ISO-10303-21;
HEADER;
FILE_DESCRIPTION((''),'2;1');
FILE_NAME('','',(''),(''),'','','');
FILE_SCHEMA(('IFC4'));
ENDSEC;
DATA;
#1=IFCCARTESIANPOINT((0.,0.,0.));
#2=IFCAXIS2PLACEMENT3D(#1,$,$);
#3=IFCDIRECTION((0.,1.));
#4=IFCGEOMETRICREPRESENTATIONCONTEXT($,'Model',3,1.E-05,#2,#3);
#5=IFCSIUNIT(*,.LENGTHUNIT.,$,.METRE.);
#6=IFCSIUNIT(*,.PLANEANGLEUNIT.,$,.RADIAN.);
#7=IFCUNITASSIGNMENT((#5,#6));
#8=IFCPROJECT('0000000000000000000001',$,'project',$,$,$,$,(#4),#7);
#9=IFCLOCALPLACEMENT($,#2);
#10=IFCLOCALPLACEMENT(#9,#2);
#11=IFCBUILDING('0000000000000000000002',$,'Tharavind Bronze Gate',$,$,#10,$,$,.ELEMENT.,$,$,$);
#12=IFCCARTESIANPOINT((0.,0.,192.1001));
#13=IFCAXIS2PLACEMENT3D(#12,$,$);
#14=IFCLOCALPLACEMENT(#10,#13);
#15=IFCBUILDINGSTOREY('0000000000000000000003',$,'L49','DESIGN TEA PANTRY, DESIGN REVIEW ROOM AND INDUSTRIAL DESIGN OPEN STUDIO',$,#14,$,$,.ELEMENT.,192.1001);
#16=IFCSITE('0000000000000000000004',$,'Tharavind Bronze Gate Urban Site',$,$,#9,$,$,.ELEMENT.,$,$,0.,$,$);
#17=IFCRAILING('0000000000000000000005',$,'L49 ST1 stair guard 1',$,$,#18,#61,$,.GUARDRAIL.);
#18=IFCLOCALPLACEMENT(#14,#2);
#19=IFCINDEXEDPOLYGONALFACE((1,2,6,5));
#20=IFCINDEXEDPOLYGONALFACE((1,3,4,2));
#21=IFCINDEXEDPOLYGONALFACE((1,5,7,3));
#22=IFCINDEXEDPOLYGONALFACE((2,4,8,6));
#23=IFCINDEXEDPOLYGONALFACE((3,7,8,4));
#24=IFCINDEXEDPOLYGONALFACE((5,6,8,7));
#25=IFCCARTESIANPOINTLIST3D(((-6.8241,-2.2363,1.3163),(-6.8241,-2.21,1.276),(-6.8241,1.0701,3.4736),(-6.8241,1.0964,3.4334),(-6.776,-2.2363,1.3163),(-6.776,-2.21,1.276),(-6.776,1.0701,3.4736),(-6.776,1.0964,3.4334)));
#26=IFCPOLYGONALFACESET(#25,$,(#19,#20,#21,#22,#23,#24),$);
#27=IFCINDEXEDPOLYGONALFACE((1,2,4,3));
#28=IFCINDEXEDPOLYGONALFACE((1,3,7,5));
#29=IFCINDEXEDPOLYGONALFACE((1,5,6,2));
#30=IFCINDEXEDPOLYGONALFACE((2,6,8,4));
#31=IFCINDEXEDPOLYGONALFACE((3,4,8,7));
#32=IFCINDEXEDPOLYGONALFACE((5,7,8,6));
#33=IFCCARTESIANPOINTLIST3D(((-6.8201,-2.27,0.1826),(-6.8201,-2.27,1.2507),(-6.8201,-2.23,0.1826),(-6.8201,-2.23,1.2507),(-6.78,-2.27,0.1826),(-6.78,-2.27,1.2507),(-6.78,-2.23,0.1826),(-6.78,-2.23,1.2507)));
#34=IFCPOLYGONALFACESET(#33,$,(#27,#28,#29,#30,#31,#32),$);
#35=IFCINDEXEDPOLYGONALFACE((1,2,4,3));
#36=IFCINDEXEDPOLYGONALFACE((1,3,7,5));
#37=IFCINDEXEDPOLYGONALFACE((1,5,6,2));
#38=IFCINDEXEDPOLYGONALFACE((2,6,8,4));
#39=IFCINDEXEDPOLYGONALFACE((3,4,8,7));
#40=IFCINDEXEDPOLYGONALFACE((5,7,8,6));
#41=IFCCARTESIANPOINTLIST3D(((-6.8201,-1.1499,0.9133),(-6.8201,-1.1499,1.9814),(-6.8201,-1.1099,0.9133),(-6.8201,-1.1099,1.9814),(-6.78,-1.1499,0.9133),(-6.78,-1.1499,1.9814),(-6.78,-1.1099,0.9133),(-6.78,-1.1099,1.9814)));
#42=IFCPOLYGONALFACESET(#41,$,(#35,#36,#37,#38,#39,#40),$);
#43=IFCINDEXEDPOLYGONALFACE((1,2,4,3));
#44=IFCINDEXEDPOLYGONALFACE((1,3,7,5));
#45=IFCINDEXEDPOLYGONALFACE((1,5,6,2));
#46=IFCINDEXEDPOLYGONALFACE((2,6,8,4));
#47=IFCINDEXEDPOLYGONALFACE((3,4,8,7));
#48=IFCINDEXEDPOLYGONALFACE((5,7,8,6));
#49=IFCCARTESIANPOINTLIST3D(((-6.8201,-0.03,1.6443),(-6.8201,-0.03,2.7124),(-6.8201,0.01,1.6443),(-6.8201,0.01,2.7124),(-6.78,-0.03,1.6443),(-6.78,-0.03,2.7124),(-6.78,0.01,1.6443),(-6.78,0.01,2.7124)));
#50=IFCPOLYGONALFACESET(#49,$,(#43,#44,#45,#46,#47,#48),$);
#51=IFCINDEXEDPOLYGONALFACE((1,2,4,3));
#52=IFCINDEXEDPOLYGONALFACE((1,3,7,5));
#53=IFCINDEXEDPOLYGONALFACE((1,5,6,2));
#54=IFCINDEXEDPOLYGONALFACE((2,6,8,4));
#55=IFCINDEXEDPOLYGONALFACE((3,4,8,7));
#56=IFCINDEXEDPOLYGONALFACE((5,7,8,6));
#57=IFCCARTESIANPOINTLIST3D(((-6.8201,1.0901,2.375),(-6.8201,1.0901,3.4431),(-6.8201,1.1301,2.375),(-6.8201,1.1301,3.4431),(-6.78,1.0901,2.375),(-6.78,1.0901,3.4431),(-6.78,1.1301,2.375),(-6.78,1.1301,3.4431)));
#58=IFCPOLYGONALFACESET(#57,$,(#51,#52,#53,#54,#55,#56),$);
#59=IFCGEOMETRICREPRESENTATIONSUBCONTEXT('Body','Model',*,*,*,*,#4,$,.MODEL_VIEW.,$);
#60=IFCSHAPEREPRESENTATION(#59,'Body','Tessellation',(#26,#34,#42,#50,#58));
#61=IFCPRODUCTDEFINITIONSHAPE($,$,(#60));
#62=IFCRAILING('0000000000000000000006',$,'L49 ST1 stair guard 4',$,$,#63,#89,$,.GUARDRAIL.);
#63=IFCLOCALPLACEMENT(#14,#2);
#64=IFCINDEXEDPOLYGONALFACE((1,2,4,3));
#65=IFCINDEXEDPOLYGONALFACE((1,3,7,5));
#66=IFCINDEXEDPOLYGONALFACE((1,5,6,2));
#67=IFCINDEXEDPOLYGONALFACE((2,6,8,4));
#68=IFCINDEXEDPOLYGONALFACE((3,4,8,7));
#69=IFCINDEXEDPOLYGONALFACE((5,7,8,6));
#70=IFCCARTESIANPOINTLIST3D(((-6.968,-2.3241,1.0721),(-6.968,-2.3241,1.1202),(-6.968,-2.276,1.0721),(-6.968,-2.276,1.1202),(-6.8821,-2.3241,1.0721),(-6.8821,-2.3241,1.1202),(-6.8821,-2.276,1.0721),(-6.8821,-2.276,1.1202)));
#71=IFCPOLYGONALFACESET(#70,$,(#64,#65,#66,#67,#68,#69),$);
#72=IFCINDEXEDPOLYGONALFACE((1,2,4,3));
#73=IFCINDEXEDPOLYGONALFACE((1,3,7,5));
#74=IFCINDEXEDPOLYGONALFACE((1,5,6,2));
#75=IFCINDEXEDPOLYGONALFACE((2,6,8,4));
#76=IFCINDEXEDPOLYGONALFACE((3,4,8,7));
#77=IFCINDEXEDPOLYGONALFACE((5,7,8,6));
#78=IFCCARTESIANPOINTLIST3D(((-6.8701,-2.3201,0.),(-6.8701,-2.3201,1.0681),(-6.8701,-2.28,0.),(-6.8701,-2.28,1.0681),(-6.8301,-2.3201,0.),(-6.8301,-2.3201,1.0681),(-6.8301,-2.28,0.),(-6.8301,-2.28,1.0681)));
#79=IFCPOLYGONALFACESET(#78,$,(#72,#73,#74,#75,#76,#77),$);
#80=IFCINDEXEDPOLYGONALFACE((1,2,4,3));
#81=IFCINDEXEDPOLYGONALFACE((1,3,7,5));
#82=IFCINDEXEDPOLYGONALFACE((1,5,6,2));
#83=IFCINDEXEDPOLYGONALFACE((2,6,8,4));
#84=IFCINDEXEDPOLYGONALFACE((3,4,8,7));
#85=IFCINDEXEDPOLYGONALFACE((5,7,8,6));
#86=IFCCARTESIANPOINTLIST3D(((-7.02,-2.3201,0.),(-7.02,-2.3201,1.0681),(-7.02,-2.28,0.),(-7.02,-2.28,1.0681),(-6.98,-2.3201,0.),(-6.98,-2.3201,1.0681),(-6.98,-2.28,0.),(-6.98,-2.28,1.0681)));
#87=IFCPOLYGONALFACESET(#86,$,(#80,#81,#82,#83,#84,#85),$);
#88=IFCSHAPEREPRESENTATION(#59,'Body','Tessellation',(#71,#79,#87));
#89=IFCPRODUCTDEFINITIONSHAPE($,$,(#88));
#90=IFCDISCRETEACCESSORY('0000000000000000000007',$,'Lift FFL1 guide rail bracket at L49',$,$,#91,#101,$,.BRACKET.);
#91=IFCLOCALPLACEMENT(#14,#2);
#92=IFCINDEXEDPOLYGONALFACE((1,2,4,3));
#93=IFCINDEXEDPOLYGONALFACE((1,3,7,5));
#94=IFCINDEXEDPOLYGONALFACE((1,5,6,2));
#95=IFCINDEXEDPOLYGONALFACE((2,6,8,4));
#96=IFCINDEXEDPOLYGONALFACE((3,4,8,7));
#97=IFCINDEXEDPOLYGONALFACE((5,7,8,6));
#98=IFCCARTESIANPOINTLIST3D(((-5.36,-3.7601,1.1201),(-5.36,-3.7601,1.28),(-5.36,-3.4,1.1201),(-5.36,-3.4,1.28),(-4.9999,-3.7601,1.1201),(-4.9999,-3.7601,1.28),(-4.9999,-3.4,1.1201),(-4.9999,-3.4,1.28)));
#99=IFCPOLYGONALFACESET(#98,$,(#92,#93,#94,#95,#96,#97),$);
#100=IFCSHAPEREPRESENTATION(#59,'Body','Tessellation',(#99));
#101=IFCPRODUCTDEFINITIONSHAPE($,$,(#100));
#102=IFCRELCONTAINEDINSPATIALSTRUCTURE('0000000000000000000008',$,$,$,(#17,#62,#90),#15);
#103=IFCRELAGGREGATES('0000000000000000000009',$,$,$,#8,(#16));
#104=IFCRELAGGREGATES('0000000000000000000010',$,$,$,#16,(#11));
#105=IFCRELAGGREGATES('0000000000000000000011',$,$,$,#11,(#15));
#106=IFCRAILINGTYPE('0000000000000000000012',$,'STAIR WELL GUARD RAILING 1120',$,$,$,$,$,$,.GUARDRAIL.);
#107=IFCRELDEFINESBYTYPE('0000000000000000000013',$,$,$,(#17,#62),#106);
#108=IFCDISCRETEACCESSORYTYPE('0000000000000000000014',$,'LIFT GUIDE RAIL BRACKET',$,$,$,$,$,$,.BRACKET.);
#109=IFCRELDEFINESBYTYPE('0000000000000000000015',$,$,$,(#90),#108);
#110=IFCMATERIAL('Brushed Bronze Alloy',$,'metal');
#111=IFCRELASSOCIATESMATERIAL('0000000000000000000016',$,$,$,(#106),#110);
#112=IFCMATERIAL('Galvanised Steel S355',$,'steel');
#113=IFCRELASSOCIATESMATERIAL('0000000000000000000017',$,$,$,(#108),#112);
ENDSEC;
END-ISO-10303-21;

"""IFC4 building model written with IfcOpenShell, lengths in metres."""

from ifc_helpers import new_model, si_unit, direction, frame, origin, origin_2d, place, context, subcontext, project, spatial, rectangle, extrude, material, type_object, element, save


model = new_model("IFC4")

# Units and contexts
model_context = context("Model", 3, precision=1e-05, world=origin(), true_north=direction((0.0, 1.0)))
body_context = subcontext(model_context, "Body", "Model", "MODEL_VIEW")
ifc_project = project(units=[si_unit("LENGTHUNIT", "METRE"), si_unit("PLANEANGLEUNIT", "RADIAN")], contexts=[model_context])

# Site, building, storey
site_placement = place(None, origin())
site = spatial("IfcSite", under=ifc_project, at=site_placement, Name="Tharavind Bronze Gate Urban Site", CompositionType="ELEMENT", RefElevation=0.0)
building_placement = place(site_placement, origin())
building = spatial("IfcBuilding", under=site, at=building_placement, Name="Tharavind Bronze Gate", CompositionType="ELEMENT")
storey_placement = place(building_placement, frame((0.0, 0.0, 192.1001)))
storey = spatial("IfcBuildingStorey", under=building, at=storey_placement, Name="L49", Description="DESIGN TEA PANTRY, DESIGN REVIEW ROOM AND INDUSTRIAL DESIGN OPEN STUDIO", CompositionType="ELEMENT", Elevation=192.1001)

# Railings
ifc_material_1 = material(Name="Brushed Bronze Alloy", Category="metal")
railing_type_1 = type_object("IfcRailingType", Name="STAIR WELL GUARD RAILING 1120", PredefinedType="GUARDRAIL", material=ifc_material_1)
railing_1_placement = place(storey_placement, frame((-6.8, -2.25, 0.1826)))
element("IfcRailing", 1, at=railing_1_placement, inside=storey, type_object=railing_type_1, Name="L49 ST1 stair guard 1", PredefinedType="GUARDRAIL", context=body_context, shape_type="SweptSolid", body=[
    extrude(rectangle(XDim=0.0481, YDim=0.0481, at=origin_2d()), frame((0.0, 0.0269, 1.1135), z_axis=(0.0, 0.837496, 0.546444), x_axis=(-1.0, 0.0, 0.0)), (0.0, 0.0, 1.0), 3.948),
    extrude(rectangle(XDim=0.04, YDim=0.04, at=origin_2d()), origin(), (0.0, 0.0, 1.0), 1.0681),
    extrude(rectangle(XDim=0.04, YDim=0.04, at=origin_2d()), frame((0.0, 1.1201, 0.7307)), (0.0, 0.0, 1.0), 1.0681),
    extrude(rectangle(XDim=0.04, YDim=0.04, at=origin_2d()), frame((0.0, 2.24, 1.4617)), (0.0, 0.0, 1.0), 1.0681),
    extrude(rectangle(XDim=0.04, YDim=0.04, at=origin_2d()), frame((0.0, 3.3601, 2.1924)), (0.0, 0.0, 1.0), 1.0681),
])
railing_2_placement = place(storey_placement, frame((-6.8501, -2.3, 0.0)))
element("IfcRailing", 2, at=railing_2_placement, inside=storey, type_object=railing_type_1, Name="L49 ST1 stair guard 4", PredefinedType="GUARDRAIL", context=body_context, shape_type="SweptSolid", body=[
    extrude(rectangle(XDim=0.0481, YDim=0.0481, at=origin_2d()), frame((-0.032, 0.0, 1.0962), z_axis=(-1.0, 0.0, 0.0), x_axis=(0.0, -1.0, 0.0)), (0.0, 0.0, 1.0), 0.0859),
    extrude(rectangle(XDim=0.04, YDim=0.04, at=origin_2d()), origin(), (0.0, 0.0, 1.0), 1.0681),
    extrude(rectangle(XDim=0.04, YDim=0.04, at=origin_2d()), frame((-0.1499, 0.0, 0.0)), (0.0, 0.0, 1.0), 1.0681),
])

# Discrete accessory
ifc_material_2 = material(Name="Galvanised Steel S355", Category="steel")
discrete_accessory_type = type_object("IfcDiscreteAccessoryType", Name="LIFT GUIDE RAIL BRACKET", PredefinedType="BRACKET", material=ifc_material_2)
discrete_accessory_placement = place(storey_placement, frame((-5.1799, -3.5801, 1.1201), z_axis=(0.0, 0.0, 1.0), x_axis=(1.0, 0.0, 0.0)))
element("IfcDiscreteAccessory", 3, at=discrete_accessory_placement, inside=storey, type_object=discrete_accessory_type, Name="Lift FFL1 guide rail bracket at L49", PredefinedType="BRACKET", context=body_context, shape_type="SweptSolid", body=[
    extrude(rectangle(XDim=0.3601, YDim=0.3601, at=origin_2d()), origin(), (0.0, 0.0, 1.0), 0.1599),
])

save(model, "model.ifc")
